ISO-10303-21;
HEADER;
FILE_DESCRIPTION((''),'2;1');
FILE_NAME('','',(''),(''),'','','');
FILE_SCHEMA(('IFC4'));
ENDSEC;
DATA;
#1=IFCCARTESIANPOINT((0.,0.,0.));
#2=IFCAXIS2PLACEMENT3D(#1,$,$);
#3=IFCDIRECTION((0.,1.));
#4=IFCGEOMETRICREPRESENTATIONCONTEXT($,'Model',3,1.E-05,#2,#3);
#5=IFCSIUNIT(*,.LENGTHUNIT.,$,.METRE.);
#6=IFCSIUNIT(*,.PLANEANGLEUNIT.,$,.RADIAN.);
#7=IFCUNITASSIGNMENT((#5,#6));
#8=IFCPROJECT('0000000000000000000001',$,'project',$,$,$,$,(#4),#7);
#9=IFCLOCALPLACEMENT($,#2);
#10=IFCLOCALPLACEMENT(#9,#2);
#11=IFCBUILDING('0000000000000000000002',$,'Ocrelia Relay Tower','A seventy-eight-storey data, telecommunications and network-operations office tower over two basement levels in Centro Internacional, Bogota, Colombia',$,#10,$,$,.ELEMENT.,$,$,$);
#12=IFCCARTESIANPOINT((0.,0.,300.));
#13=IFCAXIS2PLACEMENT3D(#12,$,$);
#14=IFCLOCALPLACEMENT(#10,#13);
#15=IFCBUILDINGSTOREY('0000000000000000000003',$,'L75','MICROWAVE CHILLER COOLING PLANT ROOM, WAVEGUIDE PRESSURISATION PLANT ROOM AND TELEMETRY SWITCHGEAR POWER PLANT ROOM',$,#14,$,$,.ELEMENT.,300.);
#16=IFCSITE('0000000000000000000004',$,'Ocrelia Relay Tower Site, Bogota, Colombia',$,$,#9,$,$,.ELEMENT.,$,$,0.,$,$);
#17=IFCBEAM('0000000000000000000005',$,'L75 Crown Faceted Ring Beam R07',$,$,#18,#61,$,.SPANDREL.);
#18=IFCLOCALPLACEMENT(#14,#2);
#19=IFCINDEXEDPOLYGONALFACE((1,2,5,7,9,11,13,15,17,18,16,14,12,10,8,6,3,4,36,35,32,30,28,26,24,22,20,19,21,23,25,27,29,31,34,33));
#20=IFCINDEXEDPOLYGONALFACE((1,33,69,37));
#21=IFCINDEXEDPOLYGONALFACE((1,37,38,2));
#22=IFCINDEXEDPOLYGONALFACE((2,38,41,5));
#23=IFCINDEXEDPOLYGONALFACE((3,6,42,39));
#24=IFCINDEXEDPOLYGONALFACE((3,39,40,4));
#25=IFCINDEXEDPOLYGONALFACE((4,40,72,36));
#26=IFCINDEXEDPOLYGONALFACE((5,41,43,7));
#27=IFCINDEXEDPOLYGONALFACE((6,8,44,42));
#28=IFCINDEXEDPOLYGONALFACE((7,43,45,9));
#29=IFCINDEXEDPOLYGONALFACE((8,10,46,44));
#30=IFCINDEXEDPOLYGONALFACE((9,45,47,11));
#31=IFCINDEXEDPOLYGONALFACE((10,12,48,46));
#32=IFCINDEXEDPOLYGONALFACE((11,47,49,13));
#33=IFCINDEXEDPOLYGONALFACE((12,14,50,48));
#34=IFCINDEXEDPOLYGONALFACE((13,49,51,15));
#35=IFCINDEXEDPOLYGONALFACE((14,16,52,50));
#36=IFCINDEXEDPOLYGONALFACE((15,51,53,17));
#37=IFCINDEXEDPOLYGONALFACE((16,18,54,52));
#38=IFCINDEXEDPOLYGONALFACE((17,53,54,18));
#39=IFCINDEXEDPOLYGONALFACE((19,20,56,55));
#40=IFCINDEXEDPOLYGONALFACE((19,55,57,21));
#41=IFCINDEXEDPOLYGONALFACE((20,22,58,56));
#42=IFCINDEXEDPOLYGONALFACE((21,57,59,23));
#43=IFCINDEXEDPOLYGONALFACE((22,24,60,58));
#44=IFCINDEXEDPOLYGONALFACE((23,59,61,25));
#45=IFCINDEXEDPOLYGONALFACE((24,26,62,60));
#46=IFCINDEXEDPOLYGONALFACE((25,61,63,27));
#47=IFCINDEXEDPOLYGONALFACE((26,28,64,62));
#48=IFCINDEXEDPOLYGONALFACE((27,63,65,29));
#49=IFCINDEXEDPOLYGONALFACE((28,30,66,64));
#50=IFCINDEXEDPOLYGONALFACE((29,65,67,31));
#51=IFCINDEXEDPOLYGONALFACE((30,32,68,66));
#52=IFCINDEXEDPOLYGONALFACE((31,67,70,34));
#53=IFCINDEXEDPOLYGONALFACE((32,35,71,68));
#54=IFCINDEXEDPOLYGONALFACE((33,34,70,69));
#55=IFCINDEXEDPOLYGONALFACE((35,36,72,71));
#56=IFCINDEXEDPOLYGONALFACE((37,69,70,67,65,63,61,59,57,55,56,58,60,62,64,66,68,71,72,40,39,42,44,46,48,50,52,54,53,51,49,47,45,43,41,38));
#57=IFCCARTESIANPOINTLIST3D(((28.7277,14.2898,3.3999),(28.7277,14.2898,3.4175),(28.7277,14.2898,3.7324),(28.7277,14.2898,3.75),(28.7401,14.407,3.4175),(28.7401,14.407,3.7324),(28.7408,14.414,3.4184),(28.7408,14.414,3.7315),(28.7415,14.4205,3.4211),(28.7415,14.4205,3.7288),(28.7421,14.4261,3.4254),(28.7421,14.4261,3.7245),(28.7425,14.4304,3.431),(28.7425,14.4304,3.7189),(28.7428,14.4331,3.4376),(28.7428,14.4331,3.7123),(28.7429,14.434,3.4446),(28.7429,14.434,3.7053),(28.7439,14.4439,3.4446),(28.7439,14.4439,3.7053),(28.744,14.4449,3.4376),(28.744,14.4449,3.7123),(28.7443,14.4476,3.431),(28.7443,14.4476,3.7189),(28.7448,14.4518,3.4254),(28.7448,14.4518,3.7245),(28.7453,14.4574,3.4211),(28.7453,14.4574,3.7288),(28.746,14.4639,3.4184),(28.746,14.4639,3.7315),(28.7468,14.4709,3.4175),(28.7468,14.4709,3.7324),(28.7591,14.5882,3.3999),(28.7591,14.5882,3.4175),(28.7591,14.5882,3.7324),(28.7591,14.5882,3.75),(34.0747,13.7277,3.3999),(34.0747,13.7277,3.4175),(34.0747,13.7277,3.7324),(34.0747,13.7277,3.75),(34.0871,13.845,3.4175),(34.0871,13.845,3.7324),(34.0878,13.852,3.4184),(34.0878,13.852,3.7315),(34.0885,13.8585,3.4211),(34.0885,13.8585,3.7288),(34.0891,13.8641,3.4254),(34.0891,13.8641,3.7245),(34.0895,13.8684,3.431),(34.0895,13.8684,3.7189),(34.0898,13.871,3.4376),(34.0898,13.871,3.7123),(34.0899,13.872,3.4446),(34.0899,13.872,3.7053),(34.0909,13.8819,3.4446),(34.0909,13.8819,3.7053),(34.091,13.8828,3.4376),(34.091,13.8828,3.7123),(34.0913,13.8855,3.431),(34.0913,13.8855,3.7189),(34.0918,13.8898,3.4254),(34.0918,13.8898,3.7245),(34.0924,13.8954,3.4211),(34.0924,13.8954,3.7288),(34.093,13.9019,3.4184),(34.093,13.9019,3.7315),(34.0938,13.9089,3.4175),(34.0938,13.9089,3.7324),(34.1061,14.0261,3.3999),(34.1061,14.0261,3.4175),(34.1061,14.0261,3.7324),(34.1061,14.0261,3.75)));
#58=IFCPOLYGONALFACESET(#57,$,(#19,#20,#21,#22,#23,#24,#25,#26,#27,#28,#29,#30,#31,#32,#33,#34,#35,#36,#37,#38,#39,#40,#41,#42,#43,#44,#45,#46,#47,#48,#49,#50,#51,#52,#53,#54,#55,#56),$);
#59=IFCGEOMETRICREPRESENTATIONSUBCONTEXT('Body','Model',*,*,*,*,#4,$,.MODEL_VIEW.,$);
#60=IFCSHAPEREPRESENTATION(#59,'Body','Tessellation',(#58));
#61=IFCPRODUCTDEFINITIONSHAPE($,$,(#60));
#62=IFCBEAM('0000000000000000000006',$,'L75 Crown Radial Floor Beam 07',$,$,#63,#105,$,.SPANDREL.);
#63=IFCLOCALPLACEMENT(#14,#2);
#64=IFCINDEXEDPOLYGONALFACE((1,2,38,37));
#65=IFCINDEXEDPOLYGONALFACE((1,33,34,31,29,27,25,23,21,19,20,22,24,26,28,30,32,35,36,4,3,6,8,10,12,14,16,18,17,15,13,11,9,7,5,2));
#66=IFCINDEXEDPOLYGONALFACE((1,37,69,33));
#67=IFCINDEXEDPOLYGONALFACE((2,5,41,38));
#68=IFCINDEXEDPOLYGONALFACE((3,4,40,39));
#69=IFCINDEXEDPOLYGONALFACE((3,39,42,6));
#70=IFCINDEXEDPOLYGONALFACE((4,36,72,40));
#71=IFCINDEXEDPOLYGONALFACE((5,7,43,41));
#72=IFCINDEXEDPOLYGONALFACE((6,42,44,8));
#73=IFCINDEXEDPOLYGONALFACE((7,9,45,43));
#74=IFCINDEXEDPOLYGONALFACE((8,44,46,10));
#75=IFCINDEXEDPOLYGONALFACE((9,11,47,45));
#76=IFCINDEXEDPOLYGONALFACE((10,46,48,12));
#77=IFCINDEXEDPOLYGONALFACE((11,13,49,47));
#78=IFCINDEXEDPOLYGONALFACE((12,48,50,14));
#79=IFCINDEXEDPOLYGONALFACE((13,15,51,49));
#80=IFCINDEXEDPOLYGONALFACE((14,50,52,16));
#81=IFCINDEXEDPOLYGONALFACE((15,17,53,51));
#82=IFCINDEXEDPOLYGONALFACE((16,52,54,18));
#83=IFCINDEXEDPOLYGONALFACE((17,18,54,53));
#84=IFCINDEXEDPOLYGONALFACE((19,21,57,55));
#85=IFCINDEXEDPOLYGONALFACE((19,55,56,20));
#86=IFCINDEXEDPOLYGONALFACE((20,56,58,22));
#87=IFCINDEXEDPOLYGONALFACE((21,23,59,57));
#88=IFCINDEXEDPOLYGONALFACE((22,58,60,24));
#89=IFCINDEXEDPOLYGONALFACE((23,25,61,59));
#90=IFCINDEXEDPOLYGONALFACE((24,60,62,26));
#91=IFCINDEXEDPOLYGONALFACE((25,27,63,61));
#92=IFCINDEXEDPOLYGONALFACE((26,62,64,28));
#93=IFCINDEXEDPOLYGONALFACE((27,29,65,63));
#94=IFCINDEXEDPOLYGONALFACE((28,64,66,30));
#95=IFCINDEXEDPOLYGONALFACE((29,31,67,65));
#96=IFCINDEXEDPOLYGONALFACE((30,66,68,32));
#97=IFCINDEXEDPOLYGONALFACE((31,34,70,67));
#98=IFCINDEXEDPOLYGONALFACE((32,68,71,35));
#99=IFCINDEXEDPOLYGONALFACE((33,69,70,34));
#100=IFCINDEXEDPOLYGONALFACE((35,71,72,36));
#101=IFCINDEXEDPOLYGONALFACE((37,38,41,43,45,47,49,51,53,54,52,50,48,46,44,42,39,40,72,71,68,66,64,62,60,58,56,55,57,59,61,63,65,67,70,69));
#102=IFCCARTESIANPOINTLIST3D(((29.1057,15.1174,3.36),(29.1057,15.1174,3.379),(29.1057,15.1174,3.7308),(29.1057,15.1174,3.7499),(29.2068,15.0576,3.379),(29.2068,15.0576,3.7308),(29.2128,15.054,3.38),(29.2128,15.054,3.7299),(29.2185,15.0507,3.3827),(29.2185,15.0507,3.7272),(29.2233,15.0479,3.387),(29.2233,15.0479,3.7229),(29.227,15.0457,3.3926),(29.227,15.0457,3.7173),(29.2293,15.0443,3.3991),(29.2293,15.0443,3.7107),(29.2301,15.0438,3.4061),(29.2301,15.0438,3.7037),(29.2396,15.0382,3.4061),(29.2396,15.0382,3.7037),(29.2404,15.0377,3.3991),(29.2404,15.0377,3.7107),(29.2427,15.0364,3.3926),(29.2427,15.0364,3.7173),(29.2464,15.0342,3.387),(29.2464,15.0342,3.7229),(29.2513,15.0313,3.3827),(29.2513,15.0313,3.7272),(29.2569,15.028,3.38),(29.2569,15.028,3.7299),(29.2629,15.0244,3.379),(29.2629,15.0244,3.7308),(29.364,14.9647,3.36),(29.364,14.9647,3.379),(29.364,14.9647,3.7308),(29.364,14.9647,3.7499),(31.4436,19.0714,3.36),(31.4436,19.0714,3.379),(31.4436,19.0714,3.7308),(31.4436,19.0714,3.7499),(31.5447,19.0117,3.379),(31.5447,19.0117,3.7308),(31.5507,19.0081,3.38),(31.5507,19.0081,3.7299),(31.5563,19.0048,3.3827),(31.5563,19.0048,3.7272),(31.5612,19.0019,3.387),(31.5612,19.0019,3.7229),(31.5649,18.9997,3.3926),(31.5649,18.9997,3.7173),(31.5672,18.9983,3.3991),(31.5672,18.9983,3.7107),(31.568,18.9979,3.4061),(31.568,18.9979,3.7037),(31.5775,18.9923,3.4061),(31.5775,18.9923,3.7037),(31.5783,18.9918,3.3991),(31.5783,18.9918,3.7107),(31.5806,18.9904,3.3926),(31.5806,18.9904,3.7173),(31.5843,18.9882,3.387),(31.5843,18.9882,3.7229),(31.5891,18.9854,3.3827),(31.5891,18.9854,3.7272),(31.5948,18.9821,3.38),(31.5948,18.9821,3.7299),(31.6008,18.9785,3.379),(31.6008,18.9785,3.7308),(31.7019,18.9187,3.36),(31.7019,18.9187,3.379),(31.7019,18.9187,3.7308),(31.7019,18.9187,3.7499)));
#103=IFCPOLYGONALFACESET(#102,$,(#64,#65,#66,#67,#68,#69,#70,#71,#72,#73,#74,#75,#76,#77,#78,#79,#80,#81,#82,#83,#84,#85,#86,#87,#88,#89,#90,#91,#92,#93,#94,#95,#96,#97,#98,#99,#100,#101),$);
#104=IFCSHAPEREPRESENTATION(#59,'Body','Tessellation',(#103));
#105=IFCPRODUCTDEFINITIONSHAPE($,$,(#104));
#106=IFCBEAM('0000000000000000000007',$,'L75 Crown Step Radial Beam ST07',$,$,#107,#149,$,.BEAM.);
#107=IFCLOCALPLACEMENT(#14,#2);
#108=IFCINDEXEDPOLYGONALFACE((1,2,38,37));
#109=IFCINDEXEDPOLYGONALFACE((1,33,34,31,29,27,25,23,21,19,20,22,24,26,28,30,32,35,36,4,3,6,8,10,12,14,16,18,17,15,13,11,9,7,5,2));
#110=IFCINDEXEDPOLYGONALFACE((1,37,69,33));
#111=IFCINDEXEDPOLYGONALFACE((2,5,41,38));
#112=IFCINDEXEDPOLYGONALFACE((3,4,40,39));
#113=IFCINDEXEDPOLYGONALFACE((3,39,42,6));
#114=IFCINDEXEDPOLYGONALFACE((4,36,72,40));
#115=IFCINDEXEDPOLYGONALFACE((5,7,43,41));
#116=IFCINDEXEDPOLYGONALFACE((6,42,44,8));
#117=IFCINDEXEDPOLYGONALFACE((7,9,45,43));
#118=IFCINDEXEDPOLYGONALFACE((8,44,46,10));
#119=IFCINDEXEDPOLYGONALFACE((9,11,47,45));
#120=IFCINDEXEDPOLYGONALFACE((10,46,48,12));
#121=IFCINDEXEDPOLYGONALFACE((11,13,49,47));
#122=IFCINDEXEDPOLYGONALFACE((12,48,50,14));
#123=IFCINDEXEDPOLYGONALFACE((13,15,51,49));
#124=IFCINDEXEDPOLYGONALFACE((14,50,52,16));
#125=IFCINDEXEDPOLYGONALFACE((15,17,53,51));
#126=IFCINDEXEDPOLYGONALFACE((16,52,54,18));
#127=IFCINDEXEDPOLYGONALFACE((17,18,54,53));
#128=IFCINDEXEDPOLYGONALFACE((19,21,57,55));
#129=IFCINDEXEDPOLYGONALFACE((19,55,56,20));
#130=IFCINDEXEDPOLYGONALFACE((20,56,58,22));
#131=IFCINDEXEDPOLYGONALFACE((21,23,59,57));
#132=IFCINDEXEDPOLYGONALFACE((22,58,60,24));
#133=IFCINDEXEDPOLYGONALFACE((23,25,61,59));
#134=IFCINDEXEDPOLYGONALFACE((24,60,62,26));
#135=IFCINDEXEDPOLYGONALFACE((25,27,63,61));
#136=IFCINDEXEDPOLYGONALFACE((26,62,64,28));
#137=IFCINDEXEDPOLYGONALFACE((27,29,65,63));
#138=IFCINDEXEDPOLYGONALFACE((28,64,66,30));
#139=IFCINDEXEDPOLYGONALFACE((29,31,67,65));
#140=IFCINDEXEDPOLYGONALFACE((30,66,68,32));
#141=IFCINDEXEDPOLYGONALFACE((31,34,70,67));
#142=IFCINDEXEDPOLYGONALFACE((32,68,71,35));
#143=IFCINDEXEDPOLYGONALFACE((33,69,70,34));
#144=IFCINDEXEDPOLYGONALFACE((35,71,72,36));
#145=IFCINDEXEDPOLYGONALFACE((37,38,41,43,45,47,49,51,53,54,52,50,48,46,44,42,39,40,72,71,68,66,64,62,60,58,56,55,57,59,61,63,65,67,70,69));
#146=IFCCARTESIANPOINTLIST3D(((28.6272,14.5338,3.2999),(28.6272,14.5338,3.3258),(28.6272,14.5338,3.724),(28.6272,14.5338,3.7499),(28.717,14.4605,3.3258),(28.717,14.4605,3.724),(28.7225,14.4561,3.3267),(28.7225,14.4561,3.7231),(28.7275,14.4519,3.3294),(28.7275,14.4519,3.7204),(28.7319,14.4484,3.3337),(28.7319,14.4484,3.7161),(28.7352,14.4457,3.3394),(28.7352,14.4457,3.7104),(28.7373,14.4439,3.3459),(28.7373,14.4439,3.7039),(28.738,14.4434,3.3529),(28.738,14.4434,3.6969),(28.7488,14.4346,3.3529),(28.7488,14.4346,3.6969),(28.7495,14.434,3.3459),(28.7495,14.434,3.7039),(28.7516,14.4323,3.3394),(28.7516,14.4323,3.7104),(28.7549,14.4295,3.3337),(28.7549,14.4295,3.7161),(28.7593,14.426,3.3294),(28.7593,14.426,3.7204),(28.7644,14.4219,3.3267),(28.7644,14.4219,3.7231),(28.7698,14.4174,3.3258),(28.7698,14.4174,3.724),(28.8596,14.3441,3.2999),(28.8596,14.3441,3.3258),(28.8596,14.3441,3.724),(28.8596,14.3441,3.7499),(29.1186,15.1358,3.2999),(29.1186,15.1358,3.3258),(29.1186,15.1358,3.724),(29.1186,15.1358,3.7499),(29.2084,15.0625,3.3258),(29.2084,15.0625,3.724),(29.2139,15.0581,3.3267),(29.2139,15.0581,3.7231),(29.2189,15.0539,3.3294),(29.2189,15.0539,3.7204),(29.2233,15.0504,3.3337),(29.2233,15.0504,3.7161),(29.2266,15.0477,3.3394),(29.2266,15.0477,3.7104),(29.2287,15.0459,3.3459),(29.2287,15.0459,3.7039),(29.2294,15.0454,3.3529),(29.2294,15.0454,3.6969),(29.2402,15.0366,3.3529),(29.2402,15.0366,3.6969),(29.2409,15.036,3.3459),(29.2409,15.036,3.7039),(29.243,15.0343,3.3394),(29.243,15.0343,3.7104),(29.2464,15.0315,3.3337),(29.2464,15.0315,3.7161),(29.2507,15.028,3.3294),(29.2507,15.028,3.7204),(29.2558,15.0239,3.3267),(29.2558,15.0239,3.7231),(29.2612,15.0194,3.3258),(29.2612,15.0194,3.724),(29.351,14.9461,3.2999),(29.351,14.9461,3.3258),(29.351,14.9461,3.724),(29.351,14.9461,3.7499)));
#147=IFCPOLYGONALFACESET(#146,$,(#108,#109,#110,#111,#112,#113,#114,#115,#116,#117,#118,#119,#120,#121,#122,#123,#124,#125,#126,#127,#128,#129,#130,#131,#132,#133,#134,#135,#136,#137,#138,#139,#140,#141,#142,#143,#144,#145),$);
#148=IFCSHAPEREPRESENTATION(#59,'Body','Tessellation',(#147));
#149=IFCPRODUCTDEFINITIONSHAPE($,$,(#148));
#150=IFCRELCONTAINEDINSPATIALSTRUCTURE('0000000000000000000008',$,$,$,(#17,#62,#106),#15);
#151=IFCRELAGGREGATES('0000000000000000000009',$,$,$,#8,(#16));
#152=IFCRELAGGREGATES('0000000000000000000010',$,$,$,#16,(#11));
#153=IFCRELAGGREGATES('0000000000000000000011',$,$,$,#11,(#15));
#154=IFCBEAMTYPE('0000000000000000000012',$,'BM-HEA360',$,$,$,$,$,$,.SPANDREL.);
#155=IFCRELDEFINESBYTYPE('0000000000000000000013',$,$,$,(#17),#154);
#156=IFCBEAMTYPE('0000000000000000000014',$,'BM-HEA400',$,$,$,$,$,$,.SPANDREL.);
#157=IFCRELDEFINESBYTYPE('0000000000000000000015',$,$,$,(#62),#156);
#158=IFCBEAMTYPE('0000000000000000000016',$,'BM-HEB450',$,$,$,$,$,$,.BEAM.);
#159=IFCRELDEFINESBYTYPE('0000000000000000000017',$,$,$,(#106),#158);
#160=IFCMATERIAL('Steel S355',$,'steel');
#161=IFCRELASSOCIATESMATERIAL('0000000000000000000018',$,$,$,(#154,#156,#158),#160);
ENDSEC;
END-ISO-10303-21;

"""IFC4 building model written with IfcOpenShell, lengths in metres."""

from ifc_helpers import new_model, si_unit, direction, frame, origin, origin_2d, place, context, subcontext, project, spatial, i_section, extrude, material, material_profile, profile_set, type_object, element, save


model = new_model("IFC4")

# Units and contexts
model_context = context("Model", 3, precision=1e-05, world=origin(), true_north=direction((0.0, 1.0)))
body_context = subcontext(model_context, "Body", "Model", "MODEL_VIEW")
ifc_project = project(units=[si_unit("LENGTHUNIT", "METRE"), si_unit("PLANEANGLEUNIT", "RADIAN")], contexts=[model_context])

# Site, building, storey
site_placement = place(None, origin())
site = spatial("IfcSite", under=ifc_project, at=site_placement, Name="Ocrelia Relay Tower Site, Bogota, Colombia", CompositionType="ELEMENT", RefElevation=0.0)
building_placement = place(site_placement, origin())
building = spatial("IfcBuilding", under=site, at=building_placement, Name="Ocrelia Relay Tower", Description="A seventy-eight-storey data, telecommunications and network-operations office tower over two basement levels in Centro Internacional, Bogota, Colombia", CompositionType="ELEMENT")
storey_placement = place(building_placement, frame((0.0, 0.0, 300.0)))
storey = spatial("IfcBuildingStorey", under=building, at=storey_placement, Name="L75", Description="MICROWAVE CHILLER COOLING PLANT ROOM, WAVEGUIDE PRESSURISATION PLANT ROOM AND TELEMETRY SWITCHGEAR POWER PLANT ROOM", CompositionType="ELEMENT", Elevation=300.0)

# Beams
ifc_material_1 = material(Name="Steel S355", Category="steel")
ifc_material_profile_1 = material_profile(ifc_material_1, i_section(OverallWidth=0.3, OverallDepth=0.3501, WebThickness=0.01, FlangeThickness=0.0176, FilletRadius=0.0271, at=origin_2d()), Name="HEA 360")
ifc_profile_set_1 = profile_set([ifc_material_profile_1], Name="Steel S355")
beam_type_1 = type_object("IfcBeamType", Name="BM-HEA360", PredefinedType="SPANDREL", material=ifc_profile_set_1)
beam_1_placement = place(storey_placement, frame((28.7434, 14.439, 3.575), z_axis=(0.994521, -0.104534, 0.0), x_axis=(0.104534, 0.994521, 0.0)))
element("IfcBeam", 1, at=beam_1_placement, inside=storey, type_object=beam_type_1, Name="L75 Crown Faceted Ring Beam R07", PredefinedType="SPANDREL", context=body_context, shape_type="SweptSolid", body=[
    extrude(i_section(OverallWidth=0.3, OverallDepth=0.3501, WebThickness=0.01, FlangeThickness=0.0176, FilletRadius=0.0271, at=origin_2d()), origin(), (0.0, 0.0, 1.0), 5.3765),
])
ifc_material_profile_2 = material_profile(ifc_material_1, i_section(OverallWidth=0.3, OverallDepth=0.3899, WebThickness=0.011, FlangeThickness=0.019, FilletRadius=0.0271, at=origin_2d()), Name="HEA 400")
ifc_profile_set_2 = profile_set([ifc_material_profile_2], Name="Steel S355")
beam_type_2 = type_object("IfcBeamType", Name="BM-HEA400", PredefinedType="SPANDREL", material=ifc_profile_set_2)
beam_2_placement = place(storey_placement, frame((29.2349, 15.041, 3.5549), z_axis=(0.508951, 0.860795, 0.0), x_axis=(-0.860795, 0.508951, 0.0)))
element("IfcBeam", 2, at=beam_2_placement, inside=storey, type_object=beam_type_2, Name="L75 Crown Radial Floor Beam 07", PredefinedType="SPANDREL", context=body_context, shape_type="SweptSolid", body=[
    extrude(i_section(OverallWidth=0.3, OverallDepth=0.3899, WebThickness=0.011, FlangeThickness=0.019, FilletRadius=0.0271, at=origin_2d()), origin(), (0.0, 0.0, 1.0), 4.5935),
])
ifc_material_profile_3 = material_profile(ifc_material_1, i_section(OverallWidth=0.3, OverallDepth=0.45, WebThickness=0.0139, FlangeThickness=0.0259, FilletRadius=0.0271, at=origin_2d()), Name="HEB 450")
ifc_profile_set_3 = profile_set([ifc_material_profile_3], Name="Steel S355")
beam_type_3 = type_object("IfcBeamType", Name="BM-HEB450", PredefinedType="BEAM", material=ifc_profile_set_3)
beam_3_placement = place(storey_placement, frame((28.7434, 14.439, 3.5249), z_axis=(0.632365, 0.774671, 0.0), x_axis=(-0.774671, 0.632365, 0.0)))
element("IfcBeam", 3, at=beam_3_placement, inside=storey, type_object=beam_type_3, Name="L75 Crown Step Radial Beam ST07", PredefinedType="BEAM", context=body_context, shape_type="SweptSolid", body=[
    extrude(i_section(OverallWidth=0.3, OverallDepth=0.45, WebThickness=0.0139, FlangeThickness=0.0259, FilletRadius=0.0271, at=origin_2d()), origin(), (0.0, 0.0, 1.0), 0.7771),
])

save(model, "model.ifc")
